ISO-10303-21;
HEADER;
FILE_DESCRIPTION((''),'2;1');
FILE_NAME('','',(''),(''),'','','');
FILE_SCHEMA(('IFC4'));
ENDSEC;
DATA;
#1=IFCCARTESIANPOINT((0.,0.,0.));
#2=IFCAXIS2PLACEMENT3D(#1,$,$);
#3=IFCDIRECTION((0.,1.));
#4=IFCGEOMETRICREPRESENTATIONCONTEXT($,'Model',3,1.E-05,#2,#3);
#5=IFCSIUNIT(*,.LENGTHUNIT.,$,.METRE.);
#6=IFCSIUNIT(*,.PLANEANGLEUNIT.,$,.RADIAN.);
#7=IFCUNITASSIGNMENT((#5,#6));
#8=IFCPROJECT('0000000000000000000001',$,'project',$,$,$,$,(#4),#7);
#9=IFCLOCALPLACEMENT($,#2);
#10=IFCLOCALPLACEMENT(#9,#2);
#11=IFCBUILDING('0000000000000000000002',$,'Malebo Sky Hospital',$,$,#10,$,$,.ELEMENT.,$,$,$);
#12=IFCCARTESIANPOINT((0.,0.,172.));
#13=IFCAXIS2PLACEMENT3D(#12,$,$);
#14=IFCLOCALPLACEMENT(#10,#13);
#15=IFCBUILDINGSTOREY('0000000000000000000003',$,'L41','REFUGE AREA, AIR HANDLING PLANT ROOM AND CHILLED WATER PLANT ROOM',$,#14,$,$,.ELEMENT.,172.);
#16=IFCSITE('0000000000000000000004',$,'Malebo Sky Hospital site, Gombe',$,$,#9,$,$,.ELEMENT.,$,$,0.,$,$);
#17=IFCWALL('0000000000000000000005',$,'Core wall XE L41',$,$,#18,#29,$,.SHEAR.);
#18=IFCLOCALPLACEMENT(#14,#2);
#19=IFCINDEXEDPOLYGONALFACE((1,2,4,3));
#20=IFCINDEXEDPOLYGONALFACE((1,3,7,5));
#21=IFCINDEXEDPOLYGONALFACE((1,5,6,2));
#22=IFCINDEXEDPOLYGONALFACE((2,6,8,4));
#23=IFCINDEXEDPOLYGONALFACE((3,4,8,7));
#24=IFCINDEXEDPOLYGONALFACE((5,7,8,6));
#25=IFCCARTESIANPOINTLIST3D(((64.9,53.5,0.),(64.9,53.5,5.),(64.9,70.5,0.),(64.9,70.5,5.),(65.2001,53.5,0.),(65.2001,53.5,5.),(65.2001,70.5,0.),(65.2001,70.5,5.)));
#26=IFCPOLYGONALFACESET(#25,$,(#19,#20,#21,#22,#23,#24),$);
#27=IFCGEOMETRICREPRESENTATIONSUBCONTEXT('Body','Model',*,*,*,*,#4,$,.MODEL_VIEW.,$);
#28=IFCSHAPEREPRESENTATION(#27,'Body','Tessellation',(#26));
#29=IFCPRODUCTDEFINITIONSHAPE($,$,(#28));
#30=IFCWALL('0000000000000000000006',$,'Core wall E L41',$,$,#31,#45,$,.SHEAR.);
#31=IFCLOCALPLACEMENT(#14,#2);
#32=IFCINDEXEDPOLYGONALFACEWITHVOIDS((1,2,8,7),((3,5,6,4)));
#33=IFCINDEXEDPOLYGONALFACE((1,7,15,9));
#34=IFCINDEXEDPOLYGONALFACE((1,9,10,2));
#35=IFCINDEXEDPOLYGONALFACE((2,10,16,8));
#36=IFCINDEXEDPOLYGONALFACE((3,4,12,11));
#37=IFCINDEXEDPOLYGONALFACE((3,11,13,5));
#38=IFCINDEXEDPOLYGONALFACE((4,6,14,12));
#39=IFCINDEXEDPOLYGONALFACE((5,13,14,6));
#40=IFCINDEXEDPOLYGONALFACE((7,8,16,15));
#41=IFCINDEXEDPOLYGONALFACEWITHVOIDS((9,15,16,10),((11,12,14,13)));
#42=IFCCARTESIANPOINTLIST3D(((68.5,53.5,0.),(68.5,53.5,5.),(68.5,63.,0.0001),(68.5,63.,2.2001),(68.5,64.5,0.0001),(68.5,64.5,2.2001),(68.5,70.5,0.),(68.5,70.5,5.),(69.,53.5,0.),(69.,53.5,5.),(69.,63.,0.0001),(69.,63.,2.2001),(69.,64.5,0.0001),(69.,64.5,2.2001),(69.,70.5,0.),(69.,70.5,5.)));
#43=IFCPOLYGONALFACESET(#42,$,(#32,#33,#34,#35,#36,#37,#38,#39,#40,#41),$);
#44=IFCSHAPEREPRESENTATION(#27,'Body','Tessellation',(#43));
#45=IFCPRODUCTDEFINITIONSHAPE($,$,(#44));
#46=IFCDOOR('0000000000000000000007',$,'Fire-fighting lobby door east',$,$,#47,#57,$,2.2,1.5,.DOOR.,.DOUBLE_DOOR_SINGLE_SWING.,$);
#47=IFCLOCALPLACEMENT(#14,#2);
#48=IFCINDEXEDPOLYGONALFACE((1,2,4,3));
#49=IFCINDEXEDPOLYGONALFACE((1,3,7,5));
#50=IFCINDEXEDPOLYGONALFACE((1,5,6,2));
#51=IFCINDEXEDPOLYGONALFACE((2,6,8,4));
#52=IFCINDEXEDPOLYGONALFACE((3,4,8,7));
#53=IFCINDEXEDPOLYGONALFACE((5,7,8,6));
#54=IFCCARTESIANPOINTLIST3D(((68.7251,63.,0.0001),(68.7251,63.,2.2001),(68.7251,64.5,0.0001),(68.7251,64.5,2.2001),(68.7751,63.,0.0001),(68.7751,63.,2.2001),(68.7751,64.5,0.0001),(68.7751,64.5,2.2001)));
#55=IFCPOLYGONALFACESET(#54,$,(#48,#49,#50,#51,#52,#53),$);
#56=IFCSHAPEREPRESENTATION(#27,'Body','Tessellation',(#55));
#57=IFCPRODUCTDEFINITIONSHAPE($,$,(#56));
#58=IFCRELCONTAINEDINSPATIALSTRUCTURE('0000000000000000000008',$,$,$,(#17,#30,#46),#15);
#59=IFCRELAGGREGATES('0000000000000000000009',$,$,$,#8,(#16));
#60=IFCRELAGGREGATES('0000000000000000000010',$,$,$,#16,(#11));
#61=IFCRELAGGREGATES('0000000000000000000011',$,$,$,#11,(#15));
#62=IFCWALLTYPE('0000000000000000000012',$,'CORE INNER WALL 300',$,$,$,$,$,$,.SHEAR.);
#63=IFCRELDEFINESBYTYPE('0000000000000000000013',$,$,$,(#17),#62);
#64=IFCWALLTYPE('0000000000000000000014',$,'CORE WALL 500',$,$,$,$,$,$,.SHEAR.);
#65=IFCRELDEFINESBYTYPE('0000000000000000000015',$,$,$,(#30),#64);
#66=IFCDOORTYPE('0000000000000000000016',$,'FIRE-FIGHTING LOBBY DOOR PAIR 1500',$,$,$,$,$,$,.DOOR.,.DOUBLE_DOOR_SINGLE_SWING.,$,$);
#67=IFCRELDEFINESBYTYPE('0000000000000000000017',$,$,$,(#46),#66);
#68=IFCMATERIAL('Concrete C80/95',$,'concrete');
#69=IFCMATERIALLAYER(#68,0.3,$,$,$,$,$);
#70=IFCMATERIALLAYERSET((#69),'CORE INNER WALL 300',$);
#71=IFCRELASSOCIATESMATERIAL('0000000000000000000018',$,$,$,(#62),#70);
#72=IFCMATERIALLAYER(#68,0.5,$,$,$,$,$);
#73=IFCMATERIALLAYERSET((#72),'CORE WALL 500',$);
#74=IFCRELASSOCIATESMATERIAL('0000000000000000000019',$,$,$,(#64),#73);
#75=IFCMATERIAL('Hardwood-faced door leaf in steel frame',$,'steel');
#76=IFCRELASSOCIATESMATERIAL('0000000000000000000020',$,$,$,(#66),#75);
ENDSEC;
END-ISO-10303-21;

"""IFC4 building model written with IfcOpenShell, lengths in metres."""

from ifc_helpers import new_model, si_unit, direction, frame, frame_2d, origin, place, context, subcontext, project, spatial, rectangle, extrude, material, layer, layer_set, type_object, element, fill, save


model = new_model("IFC4")

# Units and contexts
model_context = context("Model", 3, precision=1e-05, world=origin(), true_north=direction((0.0, 1.0)))
body_context = subcontext(model_context, "Body", "Model", "MODEL_VIEW")
ifc_project = project(units=[si_unit("LENGTHUNIT", "METRE"), si_unit("PLANEANGLEUNIT", "RADIAN")], contexts=[model_context])

# Site, building, storey
site_placement = place(None, origin())
site = spatial("IfcSite", under=ifc_project, at=site_placement, Name="Malebo Sky Hospital site, Gombe", CompositionType="ELEMENT", RefElevation=0.0)
building_placement = place(site_placement, origin())
building = spatial("IfcBuilding", under=site, at=building_placement, Name="Malebo Sky Hospital", CompositionType="ELEMENT")
storey_placement = place(building_placement, frame((0.0, 0.0, 172.0)))
storey = spatial("IfcBuildingStorey", under=building, at=storey_placement, Name="L41", Description="REFUGE AREA, AIR HANDLING PLANT ROOM AND CHILLED WATER PLANT ROOM", CompositionType="ELEMENT", Elevation=172.0)

# Wall
ifc_material_1 = material(Name="Concrete C80/95", Category="concrete")
ifc_layer_1 = layer(ifc_material_1, 0.3)
ifc_layer_set_1 = layer_set([ifc_layer_1], Name="CORE INNER WALL 300")
wall_type_1 = type_object("IfcWallType", Name="CORE INNER WALL 300", PredefinedType="SHEAR", material=ifc_layer_set_1)
wall_1_placement = place(storey_placement, frame((65.05, 53.5, 0.0), z_axis=(0.0, 0.0, 1.0), x_axis=(0.0, 1.0, 0.0)))
element("IfcWall", 1, at=wall_1_placement, inside=storey, type_object=wall_type_1, Name="Core wall XE L41", PredefinedType="SHEAR", context=body_context, shape_type="SweptSolid", body=[
    extrude(rectangle(XDim=17.0, YDim=0.3, at=frame_2d((8.5, 0.0))), origin(), (0.0, 0.0, 1.0), 5.0),
])

# Wall, opening, door
ifc_layer_2 = layer(ifc_material_1, 0.5)
ifc_layer_set_2 = layer_set([ifc_layer_2], Name="CORE WALL 500")
wall_type_2 = type_object("IfcWallType", Name="CORE WALL 500", PredefinedType="SHEAR", material=ifc_layer_set_2)
wall_2_placement = place(storey_placement, frame((68.75, 53.5, 0.0), z_axis=(0.0, 0.0, 1.0), x_axis=(0.0, 1.0, 0.0)))
wall_2 = element("IfcWall", 2, at=wall_2_placement, inside=storey, type_object=wall_type_2, Name="Core wall E L41", PredefinedType="SHEAR", context=body_context, shape_type="SweptSolid", body=[
    extrude(rectangle(XDim=17.0, YDim=0.5, at=frame_2d((8.5, 0.0))), origin(), (0.0, 0.0, 1.0), 5.0),
])
opening_placement = place(wall_2_placement, frame((9.5, 0.0, 0.0)))
opening = element("IfcOpeningElement", 3, at=opening_placement, cuts=wall_2, PredefinedType="OPENING", context=body_context, shape_type="SweptSolid", body=[
    extrude(rectangle(XDim=1.5, YDim=2.2, at=frame_2d((0.75, 1.1001))), frame((0.0, 0.26, 0.0), z_axis=(0.0, -1.0, 0.0), x_axis=(1.0, 0.0, 0.0)), (0.0, 0.0, 1.0), 0.52),
])
ifc_material_2 = material(Name="Hardwood-faced door leaf in steel frame", Category="steel")
door_type = type_object("IfcDoorType", Name="FIRE-FIGHTING LOBBY DOOR PAIR 1500", OperationType="DOUBLE_DOOR_SINGLE_SWING", PredefinedType="DOOR", material=ifc_material_2)
door_placement = place(opening_placement, origin())
door = element("IfcDoor", 4, at=door_placement, inside=storey, type_object=door_type, Name="Fire-fighting lobby door east", OperationType="DOUBLE_DOOR_SINGLE_SWING", OverallHeight=2.2, OverallWidth=1.5, PredefinedType="DOOR", context=body_context, shape_type="SweptSolid", body=[
    extrude(rectangle(XDim=1.5, YDim=2.2, at=frame_2d((0.75, 1.1001))), frame((0.0, 0.0249, 0.0), z_axis=(0.0, -1.0, 0.0), x_axis=(1.0, 0.0, 0.0)), (0.0, 0.0, 1.0), 0.05),
])
fill(opening, door)

save(model, "model.ifc")
